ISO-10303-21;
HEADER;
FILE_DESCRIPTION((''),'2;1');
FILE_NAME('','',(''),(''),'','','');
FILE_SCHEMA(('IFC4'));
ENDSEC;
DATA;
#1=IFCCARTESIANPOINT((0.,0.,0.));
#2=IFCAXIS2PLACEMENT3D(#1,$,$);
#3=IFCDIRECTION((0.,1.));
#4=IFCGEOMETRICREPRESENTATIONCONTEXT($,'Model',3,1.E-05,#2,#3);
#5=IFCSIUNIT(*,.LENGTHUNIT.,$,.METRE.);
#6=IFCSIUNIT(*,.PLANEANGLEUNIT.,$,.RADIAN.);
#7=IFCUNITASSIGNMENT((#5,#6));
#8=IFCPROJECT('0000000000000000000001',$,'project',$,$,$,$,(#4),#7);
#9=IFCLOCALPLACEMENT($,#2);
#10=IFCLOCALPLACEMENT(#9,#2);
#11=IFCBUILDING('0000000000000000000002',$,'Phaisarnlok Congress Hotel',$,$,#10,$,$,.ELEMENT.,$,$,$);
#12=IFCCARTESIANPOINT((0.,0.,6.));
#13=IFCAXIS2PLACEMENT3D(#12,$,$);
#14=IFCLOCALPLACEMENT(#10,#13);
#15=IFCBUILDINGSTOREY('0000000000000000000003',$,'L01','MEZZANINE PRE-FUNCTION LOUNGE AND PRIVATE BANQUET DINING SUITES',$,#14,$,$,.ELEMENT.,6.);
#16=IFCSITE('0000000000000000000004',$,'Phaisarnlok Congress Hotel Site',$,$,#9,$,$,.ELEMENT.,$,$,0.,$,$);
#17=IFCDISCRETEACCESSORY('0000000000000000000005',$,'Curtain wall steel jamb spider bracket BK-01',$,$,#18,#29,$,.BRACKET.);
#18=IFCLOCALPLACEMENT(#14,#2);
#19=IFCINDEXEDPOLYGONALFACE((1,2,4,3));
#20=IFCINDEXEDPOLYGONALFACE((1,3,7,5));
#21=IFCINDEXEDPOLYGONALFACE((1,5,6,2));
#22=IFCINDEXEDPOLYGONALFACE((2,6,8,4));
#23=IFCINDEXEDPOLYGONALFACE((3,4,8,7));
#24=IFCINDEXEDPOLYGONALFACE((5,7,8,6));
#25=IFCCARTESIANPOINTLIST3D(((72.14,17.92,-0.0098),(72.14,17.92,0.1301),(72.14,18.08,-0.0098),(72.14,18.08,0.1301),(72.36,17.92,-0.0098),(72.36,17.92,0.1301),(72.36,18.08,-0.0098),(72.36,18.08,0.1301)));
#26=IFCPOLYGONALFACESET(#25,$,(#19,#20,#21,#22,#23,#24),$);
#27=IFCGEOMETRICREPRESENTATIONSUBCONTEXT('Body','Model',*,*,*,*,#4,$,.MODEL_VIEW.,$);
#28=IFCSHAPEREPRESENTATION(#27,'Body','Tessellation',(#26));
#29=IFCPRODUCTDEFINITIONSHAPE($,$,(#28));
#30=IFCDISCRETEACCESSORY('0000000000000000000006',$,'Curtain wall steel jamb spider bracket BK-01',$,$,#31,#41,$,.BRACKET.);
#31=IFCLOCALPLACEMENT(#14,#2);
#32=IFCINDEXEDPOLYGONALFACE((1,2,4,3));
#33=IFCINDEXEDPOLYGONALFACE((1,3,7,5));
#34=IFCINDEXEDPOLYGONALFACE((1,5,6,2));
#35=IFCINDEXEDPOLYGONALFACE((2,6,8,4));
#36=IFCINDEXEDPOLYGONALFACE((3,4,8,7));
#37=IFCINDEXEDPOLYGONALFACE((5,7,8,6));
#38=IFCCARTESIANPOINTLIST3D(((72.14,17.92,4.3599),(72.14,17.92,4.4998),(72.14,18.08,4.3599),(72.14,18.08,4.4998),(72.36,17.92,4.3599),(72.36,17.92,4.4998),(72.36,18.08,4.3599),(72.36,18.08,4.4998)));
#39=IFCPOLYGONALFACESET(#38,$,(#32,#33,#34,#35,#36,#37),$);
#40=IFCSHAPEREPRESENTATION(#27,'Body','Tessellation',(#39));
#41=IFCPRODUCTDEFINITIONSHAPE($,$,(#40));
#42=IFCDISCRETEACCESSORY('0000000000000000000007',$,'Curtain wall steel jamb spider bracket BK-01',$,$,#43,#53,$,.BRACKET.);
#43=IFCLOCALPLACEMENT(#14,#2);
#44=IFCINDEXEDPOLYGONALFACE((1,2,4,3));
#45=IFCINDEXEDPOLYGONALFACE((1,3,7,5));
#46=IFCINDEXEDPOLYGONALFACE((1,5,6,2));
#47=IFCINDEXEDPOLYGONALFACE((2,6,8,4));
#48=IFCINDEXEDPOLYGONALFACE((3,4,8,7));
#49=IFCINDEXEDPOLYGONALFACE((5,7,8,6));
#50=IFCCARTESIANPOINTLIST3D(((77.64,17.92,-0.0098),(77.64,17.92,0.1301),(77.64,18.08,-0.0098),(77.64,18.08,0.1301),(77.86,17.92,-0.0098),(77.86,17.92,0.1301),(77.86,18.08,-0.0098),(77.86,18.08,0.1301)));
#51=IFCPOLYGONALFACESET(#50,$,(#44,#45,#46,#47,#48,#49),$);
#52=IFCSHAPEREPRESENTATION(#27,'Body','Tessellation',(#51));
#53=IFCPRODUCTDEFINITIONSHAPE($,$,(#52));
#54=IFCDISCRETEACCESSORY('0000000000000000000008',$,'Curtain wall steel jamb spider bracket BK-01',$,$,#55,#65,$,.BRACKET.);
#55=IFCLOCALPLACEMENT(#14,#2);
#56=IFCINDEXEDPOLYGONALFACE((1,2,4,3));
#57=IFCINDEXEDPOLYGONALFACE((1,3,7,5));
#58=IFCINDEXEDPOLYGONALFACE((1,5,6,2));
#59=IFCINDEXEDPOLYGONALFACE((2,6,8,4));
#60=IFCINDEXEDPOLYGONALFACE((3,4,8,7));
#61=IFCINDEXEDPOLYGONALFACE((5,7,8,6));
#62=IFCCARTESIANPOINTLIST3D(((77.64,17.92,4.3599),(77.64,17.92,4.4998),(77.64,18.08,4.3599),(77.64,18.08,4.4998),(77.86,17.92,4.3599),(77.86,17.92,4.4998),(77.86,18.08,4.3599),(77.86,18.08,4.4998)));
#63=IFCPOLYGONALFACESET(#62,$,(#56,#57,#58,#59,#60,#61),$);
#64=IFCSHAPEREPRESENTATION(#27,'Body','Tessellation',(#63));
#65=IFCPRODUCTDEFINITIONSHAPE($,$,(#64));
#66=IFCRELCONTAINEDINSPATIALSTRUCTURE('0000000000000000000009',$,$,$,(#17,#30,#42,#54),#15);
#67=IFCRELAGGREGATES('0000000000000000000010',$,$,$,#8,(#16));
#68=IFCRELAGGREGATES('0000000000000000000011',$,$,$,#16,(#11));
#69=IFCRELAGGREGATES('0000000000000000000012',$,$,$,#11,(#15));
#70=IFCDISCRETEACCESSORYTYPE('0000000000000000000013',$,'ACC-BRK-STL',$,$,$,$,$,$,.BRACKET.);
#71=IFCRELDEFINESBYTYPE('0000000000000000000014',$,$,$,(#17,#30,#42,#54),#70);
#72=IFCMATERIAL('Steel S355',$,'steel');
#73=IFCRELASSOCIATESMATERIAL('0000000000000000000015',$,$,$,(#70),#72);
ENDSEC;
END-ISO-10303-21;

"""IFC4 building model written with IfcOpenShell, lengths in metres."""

from ifc_helpers import new_model, si_unit, direction, frame, origin, origin_2d, place, context, subcontext, project, spatial, rectangle, extrude, material, type_object, element, save


model = new_model("IFC4")

# Units and contexts
model_context = context("Model", 3, precision=1e-05, world=origin(), true_north=direction((0.0, 1.0)))
body_context = subcontext(model_context, "Body", "Model", "MODEL_VIEW")
ifc_project = project(units=[si_unit("LENGTHUNIT", "METRE"), si_unit("PLANEANGLEUNIT", "RADIAN")], contexts=[model_context])

# Site, building, storey
site_placement = place(None, origin())
site = spatial("IfcSite", under=ifc_project, at=site_placement, Name="Phaisarnlok Congress Hotel Site", CompositionType="ELEMENT", RefElevation=0.0)
building_placement = place(site_placement, origin())
building = spatial("IfcBuilding", under=site, at=building_placement, Name="Phaisarnlok Congress Hotel", CompositionType="ELEMENT")
storey_placement = place(building_placement, frame((0.0, 0.0, 6.0)))
storey = spatial("IfcBuildingStorey", under=building, at=storey_placement, Name="L01", Description="MEZZANINE PRE-FUNCTION LOUNGE AND PRIVATE BANQUET DINING SUITES", CompositionType="ELEMENT", Elevation=6.0)

# Shared definitions
ifc_material_1 = material(Name="Steel S355", Category="steel")

# Discrete accessories
discrete_accessory_type = type_object("IfcDiscreteAccessoryType", Name="ACC-BRK-STL", PredefinedType="BRACKET", material=ifc_material_1)
for number, where, z_axis, x_axis, name in (
    (1, (72.25, 18.0, -0.0098), (0.0, 0.0, 1.0), (1.0, 0.0, 0.0), "Curtain wall steel jamb spider bracket BK-01"),
    (2, (72.25, 18.0, 4.3599), (0.0, 0.0, 1.0), (1.0, 0.0, 0.0), "Curtain wall steel jamb spider bracket BK-01"),
    (3, (77.75, 18.0, -0.0098), (0.0, 0.0, 1.0), (1.0, 0.0, 0.0), "Curtain wall steel jamb spider bracket BK-01"),
    (4, (77.75, 18.0, 4.3599), (0.0, 0.0, 1.0), (1.0, 0.0, 0.0), "Curtain wall steel jamb spider bracket BK-01"),
):
    element("IfcDiscreteAccessory", number, at=place(storey_placement, frame(where, z_axis=z_axis, x_axis=x_axis)), inside=storey, type_object=discrete_accessory_type, Name=name, PredefinedType="BRACKET", context=body_context, shape_type="SweptSolid", body=[
        extrude(rectangle(XDim=0.22, YDim=0.1599, at=origin_2d()), origin(), (0.0, 0.0, 1.0), 0.1399),
    ])

save(model, "model.ifc")
